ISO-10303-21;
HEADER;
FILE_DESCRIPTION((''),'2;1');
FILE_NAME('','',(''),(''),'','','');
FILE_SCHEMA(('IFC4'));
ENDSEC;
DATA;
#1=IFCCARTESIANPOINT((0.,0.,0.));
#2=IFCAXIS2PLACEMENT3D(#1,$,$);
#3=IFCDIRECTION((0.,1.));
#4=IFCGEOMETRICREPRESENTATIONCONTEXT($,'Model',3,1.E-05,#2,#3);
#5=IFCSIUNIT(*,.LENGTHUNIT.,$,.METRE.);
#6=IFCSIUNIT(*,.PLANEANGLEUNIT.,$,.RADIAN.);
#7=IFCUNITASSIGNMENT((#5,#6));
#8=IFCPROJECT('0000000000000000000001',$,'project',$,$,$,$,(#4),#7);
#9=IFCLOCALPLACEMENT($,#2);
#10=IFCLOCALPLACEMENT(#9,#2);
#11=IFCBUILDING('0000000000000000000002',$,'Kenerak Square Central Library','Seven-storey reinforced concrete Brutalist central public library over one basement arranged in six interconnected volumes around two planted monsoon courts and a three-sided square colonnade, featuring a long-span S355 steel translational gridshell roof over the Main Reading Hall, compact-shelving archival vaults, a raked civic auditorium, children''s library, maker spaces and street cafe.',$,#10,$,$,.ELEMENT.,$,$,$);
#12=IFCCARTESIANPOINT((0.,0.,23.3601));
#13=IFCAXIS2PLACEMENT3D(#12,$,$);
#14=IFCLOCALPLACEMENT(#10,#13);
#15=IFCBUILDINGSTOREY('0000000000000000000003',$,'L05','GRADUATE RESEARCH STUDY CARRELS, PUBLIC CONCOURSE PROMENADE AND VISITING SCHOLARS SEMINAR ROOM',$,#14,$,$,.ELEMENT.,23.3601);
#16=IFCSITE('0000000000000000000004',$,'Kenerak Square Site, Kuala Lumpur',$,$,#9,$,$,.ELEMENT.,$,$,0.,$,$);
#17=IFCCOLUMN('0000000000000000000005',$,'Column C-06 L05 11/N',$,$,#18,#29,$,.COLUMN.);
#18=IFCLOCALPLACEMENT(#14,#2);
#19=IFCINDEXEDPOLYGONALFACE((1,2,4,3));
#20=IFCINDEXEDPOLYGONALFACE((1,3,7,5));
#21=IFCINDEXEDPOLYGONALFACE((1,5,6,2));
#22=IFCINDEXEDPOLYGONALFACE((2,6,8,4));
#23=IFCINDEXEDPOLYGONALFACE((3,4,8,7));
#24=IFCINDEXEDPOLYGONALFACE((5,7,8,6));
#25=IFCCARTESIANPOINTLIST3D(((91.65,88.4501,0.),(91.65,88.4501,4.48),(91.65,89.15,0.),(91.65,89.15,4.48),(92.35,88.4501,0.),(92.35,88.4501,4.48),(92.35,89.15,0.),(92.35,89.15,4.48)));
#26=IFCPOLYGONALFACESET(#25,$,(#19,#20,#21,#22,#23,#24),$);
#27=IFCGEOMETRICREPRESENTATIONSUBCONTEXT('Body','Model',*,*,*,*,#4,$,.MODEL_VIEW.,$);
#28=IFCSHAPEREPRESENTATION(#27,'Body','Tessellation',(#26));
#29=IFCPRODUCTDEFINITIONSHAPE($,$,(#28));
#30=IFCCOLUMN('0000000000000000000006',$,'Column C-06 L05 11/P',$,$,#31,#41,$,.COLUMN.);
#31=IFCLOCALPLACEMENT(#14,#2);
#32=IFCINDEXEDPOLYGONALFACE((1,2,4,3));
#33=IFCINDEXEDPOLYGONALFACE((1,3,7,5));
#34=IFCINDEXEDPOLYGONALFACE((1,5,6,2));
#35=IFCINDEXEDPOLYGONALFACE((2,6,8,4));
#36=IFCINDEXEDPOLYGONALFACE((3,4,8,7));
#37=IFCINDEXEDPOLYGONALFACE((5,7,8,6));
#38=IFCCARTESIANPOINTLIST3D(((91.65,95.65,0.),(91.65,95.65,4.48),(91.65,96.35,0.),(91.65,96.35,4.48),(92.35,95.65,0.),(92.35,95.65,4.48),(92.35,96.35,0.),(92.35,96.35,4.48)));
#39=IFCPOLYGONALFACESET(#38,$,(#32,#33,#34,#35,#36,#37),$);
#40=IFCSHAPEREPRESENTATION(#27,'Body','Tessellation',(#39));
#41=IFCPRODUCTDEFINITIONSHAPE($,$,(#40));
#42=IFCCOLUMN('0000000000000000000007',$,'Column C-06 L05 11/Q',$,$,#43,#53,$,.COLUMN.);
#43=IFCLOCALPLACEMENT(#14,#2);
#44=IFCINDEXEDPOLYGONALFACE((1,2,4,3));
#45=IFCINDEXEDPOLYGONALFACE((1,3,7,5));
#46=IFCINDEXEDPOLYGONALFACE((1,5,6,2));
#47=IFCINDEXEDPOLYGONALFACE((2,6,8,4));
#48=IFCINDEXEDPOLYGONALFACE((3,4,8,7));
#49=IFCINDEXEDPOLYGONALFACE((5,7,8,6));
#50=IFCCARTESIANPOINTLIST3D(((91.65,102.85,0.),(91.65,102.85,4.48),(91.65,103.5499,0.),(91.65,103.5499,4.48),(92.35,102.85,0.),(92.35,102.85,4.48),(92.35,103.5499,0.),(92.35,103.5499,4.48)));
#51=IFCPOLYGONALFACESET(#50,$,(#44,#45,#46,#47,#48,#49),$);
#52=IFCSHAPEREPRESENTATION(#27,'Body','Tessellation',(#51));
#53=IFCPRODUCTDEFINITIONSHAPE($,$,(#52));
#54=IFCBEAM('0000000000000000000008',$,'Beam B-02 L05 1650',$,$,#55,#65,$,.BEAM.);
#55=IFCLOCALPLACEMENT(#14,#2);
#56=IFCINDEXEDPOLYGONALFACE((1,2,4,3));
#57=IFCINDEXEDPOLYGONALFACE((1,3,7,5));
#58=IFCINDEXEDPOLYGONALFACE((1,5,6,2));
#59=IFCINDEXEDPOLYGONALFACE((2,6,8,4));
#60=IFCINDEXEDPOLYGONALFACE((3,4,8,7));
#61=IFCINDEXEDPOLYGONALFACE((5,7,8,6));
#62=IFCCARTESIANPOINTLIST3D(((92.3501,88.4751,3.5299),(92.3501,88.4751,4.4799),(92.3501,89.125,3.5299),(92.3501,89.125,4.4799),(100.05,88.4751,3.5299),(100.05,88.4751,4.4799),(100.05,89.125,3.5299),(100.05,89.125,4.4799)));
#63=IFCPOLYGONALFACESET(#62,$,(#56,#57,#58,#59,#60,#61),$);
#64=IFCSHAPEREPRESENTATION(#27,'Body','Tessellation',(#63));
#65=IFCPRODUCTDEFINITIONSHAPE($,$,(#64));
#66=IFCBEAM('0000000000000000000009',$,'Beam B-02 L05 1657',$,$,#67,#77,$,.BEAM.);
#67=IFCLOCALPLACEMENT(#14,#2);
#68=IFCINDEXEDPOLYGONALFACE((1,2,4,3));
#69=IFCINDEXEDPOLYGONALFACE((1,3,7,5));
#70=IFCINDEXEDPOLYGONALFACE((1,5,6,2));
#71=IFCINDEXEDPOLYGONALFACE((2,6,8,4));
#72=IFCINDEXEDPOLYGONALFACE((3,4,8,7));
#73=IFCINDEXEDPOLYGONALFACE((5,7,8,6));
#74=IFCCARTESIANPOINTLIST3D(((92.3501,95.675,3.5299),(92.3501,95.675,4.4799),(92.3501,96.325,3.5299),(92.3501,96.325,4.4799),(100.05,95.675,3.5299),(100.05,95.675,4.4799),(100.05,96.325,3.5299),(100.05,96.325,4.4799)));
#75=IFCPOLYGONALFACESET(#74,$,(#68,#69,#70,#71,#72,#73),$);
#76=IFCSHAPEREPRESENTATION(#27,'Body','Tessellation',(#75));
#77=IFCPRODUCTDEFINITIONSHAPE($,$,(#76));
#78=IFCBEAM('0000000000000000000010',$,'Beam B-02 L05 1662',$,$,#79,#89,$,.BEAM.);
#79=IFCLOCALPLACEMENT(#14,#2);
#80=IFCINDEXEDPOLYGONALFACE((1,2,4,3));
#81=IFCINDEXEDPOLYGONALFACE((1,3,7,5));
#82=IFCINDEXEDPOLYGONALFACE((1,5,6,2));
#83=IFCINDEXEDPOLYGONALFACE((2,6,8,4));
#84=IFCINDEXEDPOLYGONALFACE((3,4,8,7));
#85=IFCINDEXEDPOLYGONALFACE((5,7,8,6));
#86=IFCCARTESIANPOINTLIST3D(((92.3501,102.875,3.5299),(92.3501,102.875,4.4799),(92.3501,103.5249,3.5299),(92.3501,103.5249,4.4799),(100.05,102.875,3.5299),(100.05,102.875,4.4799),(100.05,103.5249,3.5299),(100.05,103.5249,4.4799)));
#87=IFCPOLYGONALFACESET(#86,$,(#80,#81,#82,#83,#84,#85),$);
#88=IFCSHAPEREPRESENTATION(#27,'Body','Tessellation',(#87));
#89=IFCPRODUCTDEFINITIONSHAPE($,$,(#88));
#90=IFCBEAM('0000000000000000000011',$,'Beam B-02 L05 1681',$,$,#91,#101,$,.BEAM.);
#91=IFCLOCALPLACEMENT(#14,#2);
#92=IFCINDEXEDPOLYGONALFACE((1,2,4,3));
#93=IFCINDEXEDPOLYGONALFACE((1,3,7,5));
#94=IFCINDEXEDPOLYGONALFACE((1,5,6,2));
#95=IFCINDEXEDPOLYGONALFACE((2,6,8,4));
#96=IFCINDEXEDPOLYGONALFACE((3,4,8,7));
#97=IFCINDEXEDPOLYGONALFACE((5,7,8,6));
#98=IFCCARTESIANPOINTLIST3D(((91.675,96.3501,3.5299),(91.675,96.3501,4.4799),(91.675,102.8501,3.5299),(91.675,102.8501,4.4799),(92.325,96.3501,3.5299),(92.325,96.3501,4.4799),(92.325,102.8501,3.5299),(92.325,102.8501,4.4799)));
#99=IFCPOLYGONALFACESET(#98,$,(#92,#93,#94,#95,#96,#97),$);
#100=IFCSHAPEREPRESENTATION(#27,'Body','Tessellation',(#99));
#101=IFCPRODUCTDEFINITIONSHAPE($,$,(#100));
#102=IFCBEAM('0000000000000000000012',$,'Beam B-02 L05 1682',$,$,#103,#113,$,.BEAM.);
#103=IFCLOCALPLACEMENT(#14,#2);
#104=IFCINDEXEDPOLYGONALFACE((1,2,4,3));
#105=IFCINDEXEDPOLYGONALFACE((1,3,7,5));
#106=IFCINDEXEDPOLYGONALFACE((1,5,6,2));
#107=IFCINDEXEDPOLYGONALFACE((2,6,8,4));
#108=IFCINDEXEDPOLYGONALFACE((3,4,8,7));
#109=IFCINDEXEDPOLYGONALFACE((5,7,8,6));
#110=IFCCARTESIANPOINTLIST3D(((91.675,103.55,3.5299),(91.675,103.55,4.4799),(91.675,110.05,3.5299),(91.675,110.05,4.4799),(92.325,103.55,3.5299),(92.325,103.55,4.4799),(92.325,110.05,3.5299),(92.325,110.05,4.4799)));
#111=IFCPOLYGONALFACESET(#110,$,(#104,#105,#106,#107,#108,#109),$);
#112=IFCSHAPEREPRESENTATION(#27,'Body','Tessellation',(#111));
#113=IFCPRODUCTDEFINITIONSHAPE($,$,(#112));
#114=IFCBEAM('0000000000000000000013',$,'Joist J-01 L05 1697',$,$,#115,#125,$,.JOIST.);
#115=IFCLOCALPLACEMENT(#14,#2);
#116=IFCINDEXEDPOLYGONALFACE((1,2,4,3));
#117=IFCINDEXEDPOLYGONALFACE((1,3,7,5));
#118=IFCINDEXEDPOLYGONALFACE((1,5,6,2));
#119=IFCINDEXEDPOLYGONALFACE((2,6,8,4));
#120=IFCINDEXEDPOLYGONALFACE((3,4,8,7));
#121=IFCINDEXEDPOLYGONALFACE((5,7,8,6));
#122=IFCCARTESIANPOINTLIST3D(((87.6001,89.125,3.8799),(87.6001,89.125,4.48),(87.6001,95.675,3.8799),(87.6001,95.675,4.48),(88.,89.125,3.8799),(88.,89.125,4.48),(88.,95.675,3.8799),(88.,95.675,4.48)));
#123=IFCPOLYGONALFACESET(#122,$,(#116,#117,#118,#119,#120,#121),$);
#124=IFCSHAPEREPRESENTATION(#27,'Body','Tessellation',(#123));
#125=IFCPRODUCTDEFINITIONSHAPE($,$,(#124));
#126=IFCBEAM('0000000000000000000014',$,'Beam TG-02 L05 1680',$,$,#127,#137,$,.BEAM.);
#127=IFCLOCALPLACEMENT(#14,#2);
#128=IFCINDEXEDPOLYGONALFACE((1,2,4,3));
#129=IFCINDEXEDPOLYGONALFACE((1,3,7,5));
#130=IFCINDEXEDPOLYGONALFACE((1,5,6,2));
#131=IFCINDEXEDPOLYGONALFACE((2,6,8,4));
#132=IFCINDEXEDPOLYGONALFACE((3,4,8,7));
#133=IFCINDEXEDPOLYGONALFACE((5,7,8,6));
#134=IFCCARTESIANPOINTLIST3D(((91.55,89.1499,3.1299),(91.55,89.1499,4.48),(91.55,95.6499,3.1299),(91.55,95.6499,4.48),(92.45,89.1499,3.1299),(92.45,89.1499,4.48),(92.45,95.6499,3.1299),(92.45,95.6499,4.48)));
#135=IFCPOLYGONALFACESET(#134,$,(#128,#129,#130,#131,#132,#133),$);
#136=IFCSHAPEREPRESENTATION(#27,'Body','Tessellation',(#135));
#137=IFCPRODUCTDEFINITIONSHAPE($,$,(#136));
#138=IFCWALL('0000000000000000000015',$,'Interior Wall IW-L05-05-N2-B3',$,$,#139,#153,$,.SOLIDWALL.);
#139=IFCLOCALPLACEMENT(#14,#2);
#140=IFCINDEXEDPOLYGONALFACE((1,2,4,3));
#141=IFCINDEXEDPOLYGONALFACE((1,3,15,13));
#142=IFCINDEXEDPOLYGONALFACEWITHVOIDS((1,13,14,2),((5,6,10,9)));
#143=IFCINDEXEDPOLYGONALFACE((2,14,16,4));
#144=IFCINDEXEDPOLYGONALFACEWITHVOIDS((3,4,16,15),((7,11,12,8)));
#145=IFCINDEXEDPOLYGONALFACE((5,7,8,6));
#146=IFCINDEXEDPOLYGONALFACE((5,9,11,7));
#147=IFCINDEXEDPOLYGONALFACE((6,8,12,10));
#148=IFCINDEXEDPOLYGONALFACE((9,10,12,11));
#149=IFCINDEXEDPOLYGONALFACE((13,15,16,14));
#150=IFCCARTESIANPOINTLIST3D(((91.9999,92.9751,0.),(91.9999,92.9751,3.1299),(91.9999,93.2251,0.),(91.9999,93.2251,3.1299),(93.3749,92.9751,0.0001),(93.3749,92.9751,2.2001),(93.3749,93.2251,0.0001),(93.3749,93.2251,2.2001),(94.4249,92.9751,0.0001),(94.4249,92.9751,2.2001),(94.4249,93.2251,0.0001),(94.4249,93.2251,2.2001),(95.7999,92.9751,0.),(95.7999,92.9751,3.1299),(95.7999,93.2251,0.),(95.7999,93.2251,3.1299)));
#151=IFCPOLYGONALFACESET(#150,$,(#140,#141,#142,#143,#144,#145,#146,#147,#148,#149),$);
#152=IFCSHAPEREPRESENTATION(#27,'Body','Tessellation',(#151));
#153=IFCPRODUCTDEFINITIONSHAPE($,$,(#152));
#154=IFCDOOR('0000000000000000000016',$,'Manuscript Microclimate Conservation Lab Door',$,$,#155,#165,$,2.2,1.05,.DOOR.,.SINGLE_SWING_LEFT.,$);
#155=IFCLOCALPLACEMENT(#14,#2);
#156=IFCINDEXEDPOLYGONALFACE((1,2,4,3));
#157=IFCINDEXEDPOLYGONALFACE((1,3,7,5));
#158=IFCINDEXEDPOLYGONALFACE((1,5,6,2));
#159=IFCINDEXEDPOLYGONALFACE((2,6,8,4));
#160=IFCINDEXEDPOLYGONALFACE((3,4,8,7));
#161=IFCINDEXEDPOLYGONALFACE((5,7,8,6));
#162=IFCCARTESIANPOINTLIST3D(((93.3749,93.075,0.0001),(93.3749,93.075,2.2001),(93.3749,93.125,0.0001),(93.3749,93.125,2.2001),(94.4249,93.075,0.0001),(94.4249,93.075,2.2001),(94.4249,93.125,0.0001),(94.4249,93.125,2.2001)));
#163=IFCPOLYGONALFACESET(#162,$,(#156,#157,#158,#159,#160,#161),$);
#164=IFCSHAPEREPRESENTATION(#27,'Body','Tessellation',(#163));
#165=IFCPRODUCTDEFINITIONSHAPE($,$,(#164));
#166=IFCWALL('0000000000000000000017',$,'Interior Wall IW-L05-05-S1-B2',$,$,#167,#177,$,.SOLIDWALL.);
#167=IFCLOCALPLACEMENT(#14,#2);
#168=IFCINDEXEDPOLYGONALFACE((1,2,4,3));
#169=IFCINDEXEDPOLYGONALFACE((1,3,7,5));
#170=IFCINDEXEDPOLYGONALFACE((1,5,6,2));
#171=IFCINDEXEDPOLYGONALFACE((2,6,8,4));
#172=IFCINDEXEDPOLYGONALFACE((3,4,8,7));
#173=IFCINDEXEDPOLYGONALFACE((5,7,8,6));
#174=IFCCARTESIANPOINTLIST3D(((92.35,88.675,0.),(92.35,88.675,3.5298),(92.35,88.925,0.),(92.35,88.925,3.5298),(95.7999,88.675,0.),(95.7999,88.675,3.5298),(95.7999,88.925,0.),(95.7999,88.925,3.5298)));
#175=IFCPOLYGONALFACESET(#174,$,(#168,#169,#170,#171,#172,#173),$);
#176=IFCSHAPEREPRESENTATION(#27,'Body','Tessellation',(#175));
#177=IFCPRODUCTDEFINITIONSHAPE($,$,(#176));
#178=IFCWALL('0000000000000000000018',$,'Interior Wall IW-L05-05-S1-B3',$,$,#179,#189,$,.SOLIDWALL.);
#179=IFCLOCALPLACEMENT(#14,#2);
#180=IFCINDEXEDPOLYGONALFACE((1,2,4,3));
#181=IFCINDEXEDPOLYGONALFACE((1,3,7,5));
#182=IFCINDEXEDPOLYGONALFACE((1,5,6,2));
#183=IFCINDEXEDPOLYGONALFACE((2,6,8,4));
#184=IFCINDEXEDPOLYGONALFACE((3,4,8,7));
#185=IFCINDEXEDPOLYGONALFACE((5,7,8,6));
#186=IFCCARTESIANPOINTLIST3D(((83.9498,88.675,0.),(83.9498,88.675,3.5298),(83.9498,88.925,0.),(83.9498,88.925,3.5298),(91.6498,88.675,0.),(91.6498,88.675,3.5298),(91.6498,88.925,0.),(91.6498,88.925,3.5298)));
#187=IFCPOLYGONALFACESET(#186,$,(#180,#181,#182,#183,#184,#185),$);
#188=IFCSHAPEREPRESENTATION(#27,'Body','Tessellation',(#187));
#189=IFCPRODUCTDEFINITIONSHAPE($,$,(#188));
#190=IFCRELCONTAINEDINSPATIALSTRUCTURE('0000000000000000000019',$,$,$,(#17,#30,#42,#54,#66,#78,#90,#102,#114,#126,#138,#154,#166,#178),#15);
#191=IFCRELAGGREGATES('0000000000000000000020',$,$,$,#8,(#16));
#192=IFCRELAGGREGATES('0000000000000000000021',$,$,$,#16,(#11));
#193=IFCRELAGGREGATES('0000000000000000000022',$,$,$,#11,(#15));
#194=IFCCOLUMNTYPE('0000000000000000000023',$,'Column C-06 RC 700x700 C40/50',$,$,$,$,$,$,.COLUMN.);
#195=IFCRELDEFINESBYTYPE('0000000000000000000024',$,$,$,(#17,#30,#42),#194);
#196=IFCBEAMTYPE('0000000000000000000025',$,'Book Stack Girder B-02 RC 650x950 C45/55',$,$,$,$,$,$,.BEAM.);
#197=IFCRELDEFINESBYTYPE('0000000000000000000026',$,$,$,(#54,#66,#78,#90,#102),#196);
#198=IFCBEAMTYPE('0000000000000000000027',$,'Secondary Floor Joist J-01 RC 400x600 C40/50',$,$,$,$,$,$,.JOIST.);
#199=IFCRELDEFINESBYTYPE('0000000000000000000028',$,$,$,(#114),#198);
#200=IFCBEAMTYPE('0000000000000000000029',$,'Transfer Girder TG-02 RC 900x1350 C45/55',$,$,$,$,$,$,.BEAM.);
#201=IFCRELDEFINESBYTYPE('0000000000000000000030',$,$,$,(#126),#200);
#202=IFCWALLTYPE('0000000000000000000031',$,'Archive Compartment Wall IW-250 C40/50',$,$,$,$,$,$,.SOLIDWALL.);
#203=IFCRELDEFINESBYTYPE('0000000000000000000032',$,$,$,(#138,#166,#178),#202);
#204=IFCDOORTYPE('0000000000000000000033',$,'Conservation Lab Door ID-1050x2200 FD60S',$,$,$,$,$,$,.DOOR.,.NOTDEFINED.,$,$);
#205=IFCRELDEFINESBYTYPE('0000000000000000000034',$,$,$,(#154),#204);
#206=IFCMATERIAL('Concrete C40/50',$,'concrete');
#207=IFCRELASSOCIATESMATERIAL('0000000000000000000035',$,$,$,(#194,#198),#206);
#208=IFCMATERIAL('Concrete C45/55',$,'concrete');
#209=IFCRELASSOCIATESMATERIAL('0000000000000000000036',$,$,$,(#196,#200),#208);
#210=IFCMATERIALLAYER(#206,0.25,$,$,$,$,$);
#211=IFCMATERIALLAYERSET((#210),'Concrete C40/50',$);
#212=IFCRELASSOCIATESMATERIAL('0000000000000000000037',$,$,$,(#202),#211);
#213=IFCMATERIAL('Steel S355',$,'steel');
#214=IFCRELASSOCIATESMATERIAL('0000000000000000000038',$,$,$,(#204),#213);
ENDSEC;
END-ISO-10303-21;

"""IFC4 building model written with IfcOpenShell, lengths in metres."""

from ifc_helpers import new_model, si_unit, direction, frame, frame_2d, origin, origin_2d, place, context, subcontext, project, spatial, rectangle, extrude, material, layer, layer_set, material_profile, profile_set, type_object, element, fill, save


model = new_model("IFC4")

# Units and contexts
model_context = context("Model", 3, precision=1e-05, world=origin(), true_north=direction((0.0, 1.0)))
body_context = subcontext(model_context, "Body", "Model", "MODEL_VIEW")
ifc_project = project(units=[si_unit("LENGTHUNIT", "METRE"), si_unit("PLANEANGLEUNIT", "RADIAN")], contexts=[model_context])

# Site, building, storey
site_placement = place(None, origin())
site = spatial("IfcSite", under=ifc_project, at=site_placement, Name="Kenerak Square Site, Kuala Lumpur", CompositionType="ELEMENT", RefElevation=0.0)
building_placement = place(site_placement, origin())
building = spatial("IfcBuilding", under=site, at=building_placement, Name="Kenerak Square Central Library", Description="Seven-storey reinforced concrete Brutalist central public library over one basement arranged in six interconnected volumes around two planted monsoon courts and a three-sided square colonnade, featuring a long-span S355 steel translational gridshell roof over the Main Reading Hall, compact-shelving archival vaults, a raked civic auditorium, children's library, maker spaces and street cafe.", CompositionType="ELEMENT")
storey_placement = place(building_placement, frame((0.0, 0.0, 23.3601)))
storey = spatial("IfcBuildingStorey", under=building, at=storey_placement, Name="L05", Description="GRADUATE RESEARCH STUDY CARRELS, PUBLIC CONCOURSE PROMENADE AND VISITING SCHOLARS SEMINAR ROOM", CompositionType="ELEMENT", Elevation=23.3601)

# Columns
ifc_material_1 = material(Name="Concrete C40/50", Category="concrete")
ifc_material_profile_1 = material_profile(ifc_material_1, rectangle(XDim=0.7, YDim=0.7, at=origin_2d()), Name="RC 700x700")
ifc_profile_set_1 = profile_set([ifc_material_profile_1], Name="Concrete C40/50")
column_type = type_object("IfcColumnType", Name="Column C-06 RC 700x700 C40/50", PredefinedType="COLUMN", material=ifc_profile_set_1)
for number, where, z_axis, x_axis, name in (
    (1, (92.0, 88.8, 0.0), (0.0, 0.0, 1.0), (1.0, 0.0, 0.0), "Column C-06 L05 11/N"),
    (2, (92.0, 96.0, 0.0), (0.0, 0.0, 1.0), (1.0, 0.0, 0.0), "Column C-06 L05 11/P"),
    (3, (92.0, 103.2, 0.0), (0.0, 0.0, 1.0), (1.0, 0.0, 0.0), "Column C-06 L05 11/Q"),
):
    element("IfcColumn", number, at=place(storey_placement, frame(where, z_axis=z_axis, x_axis=x_axis)), inside=storey, type_object=column_type, Name=name, PredefinedType="COLUMN", context=body_context, shape_type="SweptSolid", body=[
        extrude(rectangle(XDim=0.7, YDim=0.7, at=origin_2d()), origin(), (0.0, 0.0, 1.0), 4.48),
    ])

# Beams
ifc_material_2 = material(Name="Concrete C45/55", Category="concrete")
ifc_material_profile_2 = material_profile(ifc_material_2, rectangle(XDim=0.6499, YDim=0.95, at=origin_2d()), Name="RC 650x950")
ifc_profile_set_2 = profile_set([ifc_material_profile_2], Name="Concrete C45/55")
beam_type_1 = type_object("IfcBeamType", Name="Book Stack Girder B-02 RC 650x950 C45/55", PredefinedType="BEAM", material=ifc_profile_set_2)
for number, where, z_axis, x_axis, name in (
    (4, (92.3501, 88.8, 4.0049), (1.0, 0.0, 0.0), (0.0, 1.0, 0.0), "Beam B-02 L05 1650"),
    (5, (92.3501, 96.0, 4.0049), (1.0, 0.0, 0.0), (0.0, 1.0, 0.0), "Beam B-02 L05 1657"),
    (6, (92.3501, 103.2, 4.0049), (1.0, 0.0, 0.0), (0.0, 1.0, 0.0), "Beam B-02 L05 1662"),
):
    element("IfcBeam", number, at=place(storey_placement, frame(where, z_axis=z_axis, x_axis=x_axis)), inside=storey, type_object=beam_type_1, Name=name, PredefinedType="BEAM", context=body_context, shape_type="SweptSolid", body=[
        extrude(rectangle(XDim=0.6499, YDim=0.95, at=origin_2d()), origin(), (0.0, 0.0, 1.0), 7.7),
    ])
for number, where, z_axis, x_axis, name in (
    (7, (92.0, 96.3501, 4.0049), (0.0, 1.0, 0.0), (-1.0, 0.0, 0.0), "Beam B-02 L05 1681"),
    (8, (92.0, 103.55, 4.0049), (0.0, 1.0, 0.0), (-1.0, 0.0, 0.0), "Beam B-02 L05 1682"),
):
    element("IfcBeam", number, at=place(storey_placement, frame(where, z_axis=z_axis, x_axis=x_axis)), inside=storey, type_object=beam_type_1, Name=name, PredefinedType="BEAM", context=body_context, shape_type="SweptSolid", body=[
        extrude(rectangle(XDim=0.6499, YDim=0.95, at=origin_2d()), origin(), (0.0, 0.0, 1.0), 6.5),
    ])
ifc_material_profile_3 = material_profile(ifc_material_1, rectangle(XDim=0.3999, YDim=0.6001, at=origin_2d()), Name="RC 400x600")
ifc_profile_set_3 = profile_set([ifc_material_profile_3], Name="Concrete C40/50")
beam_type_2 = type_object("IfcBeamType", Name="Secondary Floor Joist J-01 RC 400x600 C40/50", PredefinedType="JOIST", material=ifc_profile_set_3)
beam_1_placement = place(storey_placement, frame((87.8, 89.125, 4.1799), z_axis=(0.0, 1.0, 0.0), x_axis=(-1.0, 0.0, 0.0)))
element("IfcBeam", 9, at=beam_1_placement, inside=storey, type_object=beam_type_2, Name="Joist J-01 L05 1697", PredefinedType="JOIST", context=body_context, shape_type="SweptSolid", body=[
    extrude(rectangle(XDim=0.3999, YDim=0.6001, at=origin_2d()), origin(), (0.0, 0.0, 1.0), 6.55),
])
ifc_material_profile_4 = material_profile(ifc_material_2, rectangle(XDim=0.8999, YDim=1.3501, at=origin_2d()), Name="RC 900x1350")
ifc_profile_set_4 = profile_set([ifc_material_profile_4], Name="Concrete C45/55")
beam_type_3 = type_object("IfcBeamType", Name="Transfer Girder TG-02 RC 900x1350 C45/55", PredefinedType="BEAM", material=ifc_profile_set_4)
beam_2_placement = place(storey_placement, frame((92.0, 89.1499, 3.8049), z_axis=(0.0, 1.0, 0.0), x_axis=(-1.0, 0.0, 0.0)))
element("IfcBeam", 10, at=beam_2_placement, inside=storey, type_object=beam_type_3, Name="Beam TG-02 L05 1680", PredefinedType="BEAM", context=body_context, shape_type="SweptSolid", body=[
    extrude(rectangle(XDim=0.8999, YDim=1.3501, at=origin_2d()), origin(), (0.0, 0.0, 1.0), 6.5),
])

# Wall, opening, door
ifc_layer_1 = layer(ifc_material_1, 0.25)
ifc_layer_set_1 = layer_set([ifc_layer_1], Name="Concrete C40/50")
wall_type_1 = type_object("IfcWallType", Name="Archive Compartment Wall IW-250 C40/50", PredefinedType="SOLIDWALL", material=ifc_layer_set_1)
wall_1_placement = place(storey_placement, frame((92.0, 93.1001, 0.0), z_axis=(0.0, 0.0, 1.0), x_axis=(1.0, 0.0, 0.0)))
wall_1 = element("IfcWall", 11, at=wall_1_placement, inside=storey, type_object=wall_type_1, Name="Interior Wall IW-L05-05-N2-B3", PredefinedType="SOLIDWALL", context=body_context, shape_type="SweptSolid", body=[
    extrude(rectangle(XDim=3.8, YDim=0.25, at=frame_2d((1.8999, 0.0))), origin(), (0.0, 0.0, 1.0), 3.1299),
])
opening_1_placement = place(wall_1_placement, frame((1.375, 0.0, 0.0)))
opening_1 = element("IfcOpeningElement", 12, at=opening_1_placement, cuts=wall_1, PredefinedType="OPENING", context=body_context, shape_type="SweptSolid", body=[
    extrude(rectangle(XDim=1.05, YDim=2.2, at=frame_2d((0.5249, 1.1001))), frame((0.0, 0.135, 0.0), z_axis=(0.0, -1.0, 0.0), x_axis=(1.0, 0.0, 0.0)), (0.0, 0.0, 1.0), 0.27),
])
ifc_material_3 = material(Name="Steel S355", Category="steel")
door_type_1 = type_object("IfcDoorType", Name="Conservation Lab Door ID-1050x2200 FD60S", OperationType="NOTDEFINED", PredefinedType="DOOR", material=ifc_material_3)
door_1_placement = place(opening_1_placement, origin())
door_1 = element("IfcDoor", 13, at=door_1_placement, inside=storey, type_object=door_type_1, Name="Manuscript Microclimate Conservation Lab Door", OperationType="SINGLE_SWING_LEFT", OverallHeight=2.2, OverallWidth=1.05, PredefinedType="DOOR", context=body_context, shape_type="SweptSolid", body=[
    extrude(rectangle(XDim=1.05, YDim=2.2, at=frame_2d((0.5249, 1.1001))), frame((0.0, 0.0249, 0.0), z_axis=(0.0, -1.0, 0.0), x_axis=(1.0, 0.0, 0.0)), (0.0, 0.0, 1.0), 0.05),
])
fill(opening_1, door_1)

# Walls
wall_2_placement = place(storey_placement, frame((95.8, 88.8, 0.0), z_axis=(0.0, 0.0, 1.0), x_axis=(-1.0, 0.0, 0.0)))
element("IfcWall", 14, at=wall_2_placement, inside=storey, type_object=wall_type_1, Name="Interior Wall IW-L05-05-S1-B2", PredefinedType="SOLIDWALL", context=body_context, shape_type="SweptSolid", body=[
    extrude(rectangle(XDim=3.45, YDim=0.25, at=frame_2d((1.7251, 0.0))), origin(), (0.0, 0.0, 1.0), 3.5298),
])
wall_3_placement = place(storey_placement, frame((91.6499, 88.8, 0.0), z_axis=(0.0, 0.0, 1.0), x_axis=(-1.0, 0.0, 0.0)))
element("IfcWall", 15, at=wall_3_placement, inside=storey, type_object=wall_type_1, Name="Interior Wall IW-L05-05-S1-B3", PredefinedType="SOLIDWALL", context=body_context, shape_type="SweptSolid", body=[
    extrude(rectangle(XDim=7.7, YDim=0.25, at=frame_2d((3.8501, 0.0))), origin(), (0.0, 0.0, 1.0), 3.5298),
])

save(model, "model.ifc")
